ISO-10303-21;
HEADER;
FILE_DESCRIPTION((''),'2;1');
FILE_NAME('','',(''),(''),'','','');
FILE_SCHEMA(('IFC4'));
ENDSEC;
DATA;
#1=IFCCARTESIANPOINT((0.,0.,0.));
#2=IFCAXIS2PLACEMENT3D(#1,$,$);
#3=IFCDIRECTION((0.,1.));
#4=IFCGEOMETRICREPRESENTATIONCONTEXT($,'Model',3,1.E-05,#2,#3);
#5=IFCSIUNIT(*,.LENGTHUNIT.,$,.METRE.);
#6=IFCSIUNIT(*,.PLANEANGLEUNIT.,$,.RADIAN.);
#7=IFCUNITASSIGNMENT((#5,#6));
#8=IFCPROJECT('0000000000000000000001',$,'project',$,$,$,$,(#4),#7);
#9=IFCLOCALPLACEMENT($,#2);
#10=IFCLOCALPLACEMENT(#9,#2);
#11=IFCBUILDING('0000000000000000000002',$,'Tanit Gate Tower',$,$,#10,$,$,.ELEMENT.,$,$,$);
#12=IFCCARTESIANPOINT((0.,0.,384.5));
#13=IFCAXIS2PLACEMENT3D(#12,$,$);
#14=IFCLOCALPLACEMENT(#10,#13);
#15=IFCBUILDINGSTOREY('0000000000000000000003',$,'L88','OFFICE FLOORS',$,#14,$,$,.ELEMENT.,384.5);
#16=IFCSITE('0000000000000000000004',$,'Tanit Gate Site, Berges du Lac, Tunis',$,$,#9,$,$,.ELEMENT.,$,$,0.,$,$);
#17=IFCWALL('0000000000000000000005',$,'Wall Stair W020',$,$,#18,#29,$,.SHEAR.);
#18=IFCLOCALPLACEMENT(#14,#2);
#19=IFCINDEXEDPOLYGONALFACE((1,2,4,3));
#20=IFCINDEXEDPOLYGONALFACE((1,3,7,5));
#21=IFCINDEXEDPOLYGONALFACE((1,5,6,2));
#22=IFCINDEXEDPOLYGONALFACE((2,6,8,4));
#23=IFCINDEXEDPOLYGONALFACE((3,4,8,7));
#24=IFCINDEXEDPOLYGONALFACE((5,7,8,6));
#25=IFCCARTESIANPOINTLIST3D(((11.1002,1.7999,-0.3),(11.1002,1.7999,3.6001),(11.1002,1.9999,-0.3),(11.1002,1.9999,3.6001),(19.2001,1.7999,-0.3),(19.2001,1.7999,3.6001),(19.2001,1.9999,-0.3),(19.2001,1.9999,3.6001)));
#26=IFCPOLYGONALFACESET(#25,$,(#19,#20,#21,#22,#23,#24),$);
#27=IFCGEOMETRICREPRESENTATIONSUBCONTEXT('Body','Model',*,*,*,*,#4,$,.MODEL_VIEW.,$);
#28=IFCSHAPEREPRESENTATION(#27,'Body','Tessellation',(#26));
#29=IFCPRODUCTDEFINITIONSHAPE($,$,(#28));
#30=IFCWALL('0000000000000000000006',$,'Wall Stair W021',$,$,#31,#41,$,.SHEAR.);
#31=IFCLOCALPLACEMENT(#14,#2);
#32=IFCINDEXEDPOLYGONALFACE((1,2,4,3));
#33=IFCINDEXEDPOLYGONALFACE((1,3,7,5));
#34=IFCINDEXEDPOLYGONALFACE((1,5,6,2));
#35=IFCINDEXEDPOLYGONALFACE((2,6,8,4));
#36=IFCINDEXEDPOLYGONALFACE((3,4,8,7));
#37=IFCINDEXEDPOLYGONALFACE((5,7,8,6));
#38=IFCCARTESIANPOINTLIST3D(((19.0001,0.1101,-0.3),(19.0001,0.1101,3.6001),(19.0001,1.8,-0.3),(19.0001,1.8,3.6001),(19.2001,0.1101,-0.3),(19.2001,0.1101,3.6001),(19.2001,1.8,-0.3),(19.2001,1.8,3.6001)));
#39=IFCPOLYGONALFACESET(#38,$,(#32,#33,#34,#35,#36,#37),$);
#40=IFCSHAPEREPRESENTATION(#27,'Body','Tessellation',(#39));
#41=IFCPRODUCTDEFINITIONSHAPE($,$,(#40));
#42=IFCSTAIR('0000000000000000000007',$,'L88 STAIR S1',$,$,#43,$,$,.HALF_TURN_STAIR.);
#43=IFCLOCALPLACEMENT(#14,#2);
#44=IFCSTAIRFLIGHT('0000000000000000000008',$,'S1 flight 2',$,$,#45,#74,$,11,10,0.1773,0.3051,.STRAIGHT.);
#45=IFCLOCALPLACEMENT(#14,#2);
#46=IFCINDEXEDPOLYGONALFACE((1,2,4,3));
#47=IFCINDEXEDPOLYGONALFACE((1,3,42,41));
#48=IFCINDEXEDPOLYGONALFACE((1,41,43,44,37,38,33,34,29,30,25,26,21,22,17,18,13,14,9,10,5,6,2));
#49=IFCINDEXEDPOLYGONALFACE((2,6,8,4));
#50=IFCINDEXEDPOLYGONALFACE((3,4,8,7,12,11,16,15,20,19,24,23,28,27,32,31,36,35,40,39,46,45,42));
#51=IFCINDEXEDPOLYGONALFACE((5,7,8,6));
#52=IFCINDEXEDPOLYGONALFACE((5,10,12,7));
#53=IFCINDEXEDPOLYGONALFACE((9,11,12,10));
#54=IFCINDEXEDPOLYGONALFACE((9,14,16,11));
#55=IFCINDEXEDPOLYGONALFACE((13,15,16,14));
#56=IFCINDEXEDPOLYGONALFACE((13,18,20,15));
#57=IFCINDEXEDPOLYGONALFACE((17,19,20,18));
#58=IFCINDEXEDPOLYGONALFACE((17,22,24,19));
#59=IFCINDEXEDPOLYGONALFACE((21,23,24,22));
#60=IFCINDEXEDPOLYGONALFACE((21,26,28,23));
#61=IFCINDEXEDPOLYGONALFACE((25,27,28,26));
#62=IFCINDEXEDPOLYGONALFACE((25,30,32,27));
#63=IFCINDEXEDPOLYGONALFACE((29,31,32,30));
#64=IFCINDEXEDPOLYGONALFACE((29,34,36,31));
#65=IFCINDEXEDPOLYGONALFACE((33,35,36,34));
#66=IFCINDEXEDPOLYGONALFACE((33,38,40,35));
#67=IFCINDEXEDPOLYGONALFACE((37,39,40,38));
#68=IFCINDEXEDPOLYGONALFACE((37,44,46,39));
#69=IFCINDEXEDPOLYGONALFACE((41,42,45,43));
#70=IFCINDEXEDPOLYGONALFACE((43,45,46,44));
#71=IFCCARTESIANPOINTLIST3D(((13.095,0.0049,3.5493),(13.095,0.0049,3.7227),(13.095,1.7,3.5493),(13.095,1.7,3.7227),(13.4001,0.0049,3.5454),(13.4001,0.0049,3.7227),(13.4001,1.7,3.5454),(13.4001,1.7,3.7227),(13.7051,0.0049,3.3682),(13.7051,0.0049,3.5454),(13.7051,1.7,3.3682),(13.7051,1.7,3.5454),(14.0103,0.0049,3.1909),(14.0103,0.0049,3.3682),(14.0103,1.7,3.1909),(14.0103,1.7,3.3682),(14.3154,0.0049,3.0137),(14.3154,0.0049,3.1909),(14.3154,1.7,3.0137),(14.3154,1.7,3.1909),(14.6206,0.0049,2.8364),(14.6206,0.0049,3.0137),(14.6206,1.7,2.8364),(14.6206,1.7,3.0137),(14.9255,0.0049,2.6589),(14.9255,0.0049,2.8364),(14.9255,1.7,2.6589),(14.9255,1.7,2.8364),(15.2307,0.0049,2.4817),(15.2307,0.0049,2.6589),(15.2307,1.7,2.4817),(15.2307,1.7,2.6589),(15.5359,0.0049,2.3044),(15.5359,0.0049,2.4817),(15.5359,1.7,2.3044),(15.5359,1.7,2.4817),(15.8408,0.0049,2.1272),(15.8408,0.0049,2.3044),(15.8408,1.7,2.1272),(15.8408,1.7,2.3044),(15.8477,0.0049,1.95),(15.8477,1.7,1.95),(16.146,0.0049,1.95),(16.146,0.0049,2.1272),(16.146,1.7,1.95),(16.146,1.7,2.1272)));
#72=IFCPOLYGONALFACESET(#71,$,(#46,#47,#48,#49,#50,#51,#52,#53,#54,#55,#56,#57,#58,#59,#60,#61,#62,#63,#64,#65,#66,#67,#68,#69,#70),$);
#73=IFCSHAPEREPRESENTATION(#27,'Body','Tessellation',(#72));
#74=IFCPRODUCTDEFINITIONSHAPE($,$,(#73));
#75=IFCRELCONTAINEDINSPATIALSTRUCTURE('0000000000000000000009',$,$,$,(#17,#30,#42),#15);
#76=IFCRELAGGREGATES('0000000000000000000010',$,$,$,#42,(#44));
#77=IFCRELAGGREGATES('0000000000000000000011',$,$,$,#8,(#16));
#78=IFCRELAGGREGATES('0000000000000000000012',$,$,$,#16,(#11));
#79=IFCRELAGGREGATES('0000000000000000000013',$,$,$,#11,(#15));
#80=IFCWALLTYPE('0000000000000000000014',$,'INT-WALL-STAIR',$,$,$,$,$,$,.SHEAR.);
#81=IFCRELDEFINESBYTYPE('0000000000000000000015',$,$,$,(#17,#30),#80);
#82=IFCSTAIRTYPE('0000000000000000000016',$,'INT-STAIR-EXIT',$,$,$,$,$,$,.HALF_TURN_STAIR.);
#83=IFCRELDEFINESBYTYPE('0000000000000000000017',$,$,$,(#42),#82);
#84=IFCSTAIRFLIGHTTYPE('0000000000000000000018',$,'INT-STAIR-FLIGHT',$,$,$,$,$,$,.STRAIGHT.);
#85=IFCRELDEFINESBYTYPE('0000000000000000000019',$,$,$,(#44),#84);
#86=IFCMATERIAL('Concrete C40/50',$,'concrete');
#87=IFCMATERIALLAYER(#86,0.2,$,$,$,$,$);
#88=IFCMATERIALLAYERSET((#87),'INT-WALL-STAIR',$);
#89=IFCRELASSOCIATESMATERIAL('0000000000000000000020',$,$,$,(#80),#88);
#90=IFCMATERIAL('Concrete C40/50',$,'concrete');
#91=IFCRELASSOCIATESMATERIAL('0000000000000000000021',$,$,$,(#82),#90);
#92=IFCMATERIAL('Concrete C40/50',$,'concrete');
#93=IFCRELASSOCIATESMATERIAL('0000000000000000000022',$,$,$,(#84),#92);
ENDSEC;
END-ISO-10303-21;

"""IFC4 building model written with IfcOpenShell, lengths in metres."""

from ifc_helpers import new_model, si_unit, direction, frame, frame_2d, origin, place, context, subcontext, project, spatial, polyline, rectangle, outline, extrude, material, layer, layer_set, type_object, element, aggregate, save


model = new_model("IFC4")

# Units and contexts
model_context = context("Model", 3, precision=1e-05, world=origin(), true_north=direction((0.0, 1.0)))
body_context = subcontext(model_context, "Body", "Model", "MODEL_VIEW")
ifc_project = project(units=[si_unit("LENGTHUNIT", "METRE"), si_unit("PLANEANGLEUNIT", "RADIAN")], contexts=[model_context])

# Site, building, storey
site_placement = place(None, origin())
site = spatial("IfcSite", under=ifc_project, at=site_placement, Name="Tanit Gate Site, Berges du Lac, Tunis", CompositionType="ELEMENT", RefElevation=0.0)
building_placement = place(site_placement, origin())
building = spatial("IfcBuilding", under=site, at=building_placement, Name="Tanit Gate Tower", CompositionType="ELEMENT")
storey_placement = place(building_placement, frame((0.0, 0.0, 384.5)))
storey = spatial("IfcBuildingStorey", under=building, at=storey_placement, Name="L88", Description="OFFICE FLOORS", CompositionType="ELEMENT", Elevation=384.5)

# Walls
ifc_material_1 = material(Name="Concrete C40/50", Category="concrete")
ifc_layer_1 = layer(ifc_material_1, 0.2)
ifc_layer_set_1 = layer_set([ifc_layer_1], Name="INT-WALL-STAIR")
wall_type_1 = type_object("IfcWallType", Name="INT-WALL-STAIR", PredefinedType="SHEAR", material=ifc_layer_set_1)
wall_1_placement = place(storey_placement, frame((19.2, 1.8999, -0.3), z_axis=(0.0, 0.0, 1.0), x_axis=(-1.0, 0.0, 0.0)))
element("IfcWall", 1, at=wall_1_placement, inside=storey, type_object=wall_type_1, Name="Wall Stair W020", PredefinedType="SHEAR", context=body_context, shape_type="SweptSolid", body=[
    extrude(rectangle(XDim=8.0999, YDim=0.2, at=frame_2d((4.0498, 0.0))), origin(), (0.0, 0.0, 1.0), 3.9001),
])
wall_2_placement = place(storey_placement, frame((19.1001, 0.1101, -0.3), z_axis=(0.0, 0.0, 1.0), x_axis=(0.0, 1.0, 0.0)))
element("IfcWall", 2, at=wall_2_placement, inside=storey, type_object=wall_type_1, Name="Wall Stair W021", PredefinedType="SHEAR", context=body_context, shape_type="SweptSolid", body=[
    extrude(rectangle(XDim=1.6899, YDim=0.2, at=frame_2d((0.845, 0.0))), origin(), (0.0, 0.0, 1.0), 3.9001),
])

# Stair, stair flight
ifc_material_2 = material(Name="Concrete C40/50", Category="concrete")
stair_type = type_object("IfcStairType", Name="INT-STAIR-EXIT", PredefinedType="HALF_TURN_STAIR", material=ifc_material_2)
stair_placement = place(storey_placement, origin())
stair = element("IfcStair", 3, at=stair_placement, inside=storey, type_object=stair_type, Name="L88 STAIR S1", PredefinedType="HALF_TURN_STAIR")
ifc_material_3 = material(Name="Concrete C40/50", Category="concrete")
stair_flight_type = type_object("IfcStairFlightType", Name="INT-STAIR-FLIGHT", PredefinedType="STRAIGHT", material=ifc_material_3)
stair_flight_placement = place(storey_placement, frame((16.146, 0.8525, 1.95), z_axis=(0.0, 0.0, 1.0), x_axis=(-1.0, 0.0, 0.0)))
stair_flight = element("IfcStairFlight", 4, at=stair_flight_placement, type_object=stair_flight_type, Name="S1 flight 2", NumberOfRisers=11, NumberOfTreads=10, PredefinedType="STRAIGHT", RiserHeight=0.1773, TreadLength=0.3051, context=body_context, shape_type="SweptSolid", body=[
    extrude(outline(polyline([(0.0, 0.0), (0.0, 0.1772), (0.3052, 0.1772), (0.3052, 0.3545), (0.6101, 0.3545), (0.6101, 0.5317), (0.9153, 0.5317), (0.9153, 0.709), (1.2205, 0.709), (1.2205, 0.8865), (1.5254, 0.8865), (1.5254, 1.0637), (1.8306, 1.0637), (1.8306, 1.241), (2.1357, 1.241), (2.1357, 1.4182), (2.4409, 1.4182), (2.4409, 1.5955), (2.7458, 1.5955), (2.7458, 1.7727), (3.051, 1.7727), (3.051, 1.95), (3.051, 1.5994), (0.2983, 0.0), (0.0, 0.0)])), frame((0.0, 0.8477, 0.0), z_axis=(0.0, -1.0, 0.0), x_axis=(1.0, 0.0, 0.0)), (0.0, 0.0, 1.0), 1.6951),
])
aggregate(stair, [stair_flight])

save(model, "model.ifc")
